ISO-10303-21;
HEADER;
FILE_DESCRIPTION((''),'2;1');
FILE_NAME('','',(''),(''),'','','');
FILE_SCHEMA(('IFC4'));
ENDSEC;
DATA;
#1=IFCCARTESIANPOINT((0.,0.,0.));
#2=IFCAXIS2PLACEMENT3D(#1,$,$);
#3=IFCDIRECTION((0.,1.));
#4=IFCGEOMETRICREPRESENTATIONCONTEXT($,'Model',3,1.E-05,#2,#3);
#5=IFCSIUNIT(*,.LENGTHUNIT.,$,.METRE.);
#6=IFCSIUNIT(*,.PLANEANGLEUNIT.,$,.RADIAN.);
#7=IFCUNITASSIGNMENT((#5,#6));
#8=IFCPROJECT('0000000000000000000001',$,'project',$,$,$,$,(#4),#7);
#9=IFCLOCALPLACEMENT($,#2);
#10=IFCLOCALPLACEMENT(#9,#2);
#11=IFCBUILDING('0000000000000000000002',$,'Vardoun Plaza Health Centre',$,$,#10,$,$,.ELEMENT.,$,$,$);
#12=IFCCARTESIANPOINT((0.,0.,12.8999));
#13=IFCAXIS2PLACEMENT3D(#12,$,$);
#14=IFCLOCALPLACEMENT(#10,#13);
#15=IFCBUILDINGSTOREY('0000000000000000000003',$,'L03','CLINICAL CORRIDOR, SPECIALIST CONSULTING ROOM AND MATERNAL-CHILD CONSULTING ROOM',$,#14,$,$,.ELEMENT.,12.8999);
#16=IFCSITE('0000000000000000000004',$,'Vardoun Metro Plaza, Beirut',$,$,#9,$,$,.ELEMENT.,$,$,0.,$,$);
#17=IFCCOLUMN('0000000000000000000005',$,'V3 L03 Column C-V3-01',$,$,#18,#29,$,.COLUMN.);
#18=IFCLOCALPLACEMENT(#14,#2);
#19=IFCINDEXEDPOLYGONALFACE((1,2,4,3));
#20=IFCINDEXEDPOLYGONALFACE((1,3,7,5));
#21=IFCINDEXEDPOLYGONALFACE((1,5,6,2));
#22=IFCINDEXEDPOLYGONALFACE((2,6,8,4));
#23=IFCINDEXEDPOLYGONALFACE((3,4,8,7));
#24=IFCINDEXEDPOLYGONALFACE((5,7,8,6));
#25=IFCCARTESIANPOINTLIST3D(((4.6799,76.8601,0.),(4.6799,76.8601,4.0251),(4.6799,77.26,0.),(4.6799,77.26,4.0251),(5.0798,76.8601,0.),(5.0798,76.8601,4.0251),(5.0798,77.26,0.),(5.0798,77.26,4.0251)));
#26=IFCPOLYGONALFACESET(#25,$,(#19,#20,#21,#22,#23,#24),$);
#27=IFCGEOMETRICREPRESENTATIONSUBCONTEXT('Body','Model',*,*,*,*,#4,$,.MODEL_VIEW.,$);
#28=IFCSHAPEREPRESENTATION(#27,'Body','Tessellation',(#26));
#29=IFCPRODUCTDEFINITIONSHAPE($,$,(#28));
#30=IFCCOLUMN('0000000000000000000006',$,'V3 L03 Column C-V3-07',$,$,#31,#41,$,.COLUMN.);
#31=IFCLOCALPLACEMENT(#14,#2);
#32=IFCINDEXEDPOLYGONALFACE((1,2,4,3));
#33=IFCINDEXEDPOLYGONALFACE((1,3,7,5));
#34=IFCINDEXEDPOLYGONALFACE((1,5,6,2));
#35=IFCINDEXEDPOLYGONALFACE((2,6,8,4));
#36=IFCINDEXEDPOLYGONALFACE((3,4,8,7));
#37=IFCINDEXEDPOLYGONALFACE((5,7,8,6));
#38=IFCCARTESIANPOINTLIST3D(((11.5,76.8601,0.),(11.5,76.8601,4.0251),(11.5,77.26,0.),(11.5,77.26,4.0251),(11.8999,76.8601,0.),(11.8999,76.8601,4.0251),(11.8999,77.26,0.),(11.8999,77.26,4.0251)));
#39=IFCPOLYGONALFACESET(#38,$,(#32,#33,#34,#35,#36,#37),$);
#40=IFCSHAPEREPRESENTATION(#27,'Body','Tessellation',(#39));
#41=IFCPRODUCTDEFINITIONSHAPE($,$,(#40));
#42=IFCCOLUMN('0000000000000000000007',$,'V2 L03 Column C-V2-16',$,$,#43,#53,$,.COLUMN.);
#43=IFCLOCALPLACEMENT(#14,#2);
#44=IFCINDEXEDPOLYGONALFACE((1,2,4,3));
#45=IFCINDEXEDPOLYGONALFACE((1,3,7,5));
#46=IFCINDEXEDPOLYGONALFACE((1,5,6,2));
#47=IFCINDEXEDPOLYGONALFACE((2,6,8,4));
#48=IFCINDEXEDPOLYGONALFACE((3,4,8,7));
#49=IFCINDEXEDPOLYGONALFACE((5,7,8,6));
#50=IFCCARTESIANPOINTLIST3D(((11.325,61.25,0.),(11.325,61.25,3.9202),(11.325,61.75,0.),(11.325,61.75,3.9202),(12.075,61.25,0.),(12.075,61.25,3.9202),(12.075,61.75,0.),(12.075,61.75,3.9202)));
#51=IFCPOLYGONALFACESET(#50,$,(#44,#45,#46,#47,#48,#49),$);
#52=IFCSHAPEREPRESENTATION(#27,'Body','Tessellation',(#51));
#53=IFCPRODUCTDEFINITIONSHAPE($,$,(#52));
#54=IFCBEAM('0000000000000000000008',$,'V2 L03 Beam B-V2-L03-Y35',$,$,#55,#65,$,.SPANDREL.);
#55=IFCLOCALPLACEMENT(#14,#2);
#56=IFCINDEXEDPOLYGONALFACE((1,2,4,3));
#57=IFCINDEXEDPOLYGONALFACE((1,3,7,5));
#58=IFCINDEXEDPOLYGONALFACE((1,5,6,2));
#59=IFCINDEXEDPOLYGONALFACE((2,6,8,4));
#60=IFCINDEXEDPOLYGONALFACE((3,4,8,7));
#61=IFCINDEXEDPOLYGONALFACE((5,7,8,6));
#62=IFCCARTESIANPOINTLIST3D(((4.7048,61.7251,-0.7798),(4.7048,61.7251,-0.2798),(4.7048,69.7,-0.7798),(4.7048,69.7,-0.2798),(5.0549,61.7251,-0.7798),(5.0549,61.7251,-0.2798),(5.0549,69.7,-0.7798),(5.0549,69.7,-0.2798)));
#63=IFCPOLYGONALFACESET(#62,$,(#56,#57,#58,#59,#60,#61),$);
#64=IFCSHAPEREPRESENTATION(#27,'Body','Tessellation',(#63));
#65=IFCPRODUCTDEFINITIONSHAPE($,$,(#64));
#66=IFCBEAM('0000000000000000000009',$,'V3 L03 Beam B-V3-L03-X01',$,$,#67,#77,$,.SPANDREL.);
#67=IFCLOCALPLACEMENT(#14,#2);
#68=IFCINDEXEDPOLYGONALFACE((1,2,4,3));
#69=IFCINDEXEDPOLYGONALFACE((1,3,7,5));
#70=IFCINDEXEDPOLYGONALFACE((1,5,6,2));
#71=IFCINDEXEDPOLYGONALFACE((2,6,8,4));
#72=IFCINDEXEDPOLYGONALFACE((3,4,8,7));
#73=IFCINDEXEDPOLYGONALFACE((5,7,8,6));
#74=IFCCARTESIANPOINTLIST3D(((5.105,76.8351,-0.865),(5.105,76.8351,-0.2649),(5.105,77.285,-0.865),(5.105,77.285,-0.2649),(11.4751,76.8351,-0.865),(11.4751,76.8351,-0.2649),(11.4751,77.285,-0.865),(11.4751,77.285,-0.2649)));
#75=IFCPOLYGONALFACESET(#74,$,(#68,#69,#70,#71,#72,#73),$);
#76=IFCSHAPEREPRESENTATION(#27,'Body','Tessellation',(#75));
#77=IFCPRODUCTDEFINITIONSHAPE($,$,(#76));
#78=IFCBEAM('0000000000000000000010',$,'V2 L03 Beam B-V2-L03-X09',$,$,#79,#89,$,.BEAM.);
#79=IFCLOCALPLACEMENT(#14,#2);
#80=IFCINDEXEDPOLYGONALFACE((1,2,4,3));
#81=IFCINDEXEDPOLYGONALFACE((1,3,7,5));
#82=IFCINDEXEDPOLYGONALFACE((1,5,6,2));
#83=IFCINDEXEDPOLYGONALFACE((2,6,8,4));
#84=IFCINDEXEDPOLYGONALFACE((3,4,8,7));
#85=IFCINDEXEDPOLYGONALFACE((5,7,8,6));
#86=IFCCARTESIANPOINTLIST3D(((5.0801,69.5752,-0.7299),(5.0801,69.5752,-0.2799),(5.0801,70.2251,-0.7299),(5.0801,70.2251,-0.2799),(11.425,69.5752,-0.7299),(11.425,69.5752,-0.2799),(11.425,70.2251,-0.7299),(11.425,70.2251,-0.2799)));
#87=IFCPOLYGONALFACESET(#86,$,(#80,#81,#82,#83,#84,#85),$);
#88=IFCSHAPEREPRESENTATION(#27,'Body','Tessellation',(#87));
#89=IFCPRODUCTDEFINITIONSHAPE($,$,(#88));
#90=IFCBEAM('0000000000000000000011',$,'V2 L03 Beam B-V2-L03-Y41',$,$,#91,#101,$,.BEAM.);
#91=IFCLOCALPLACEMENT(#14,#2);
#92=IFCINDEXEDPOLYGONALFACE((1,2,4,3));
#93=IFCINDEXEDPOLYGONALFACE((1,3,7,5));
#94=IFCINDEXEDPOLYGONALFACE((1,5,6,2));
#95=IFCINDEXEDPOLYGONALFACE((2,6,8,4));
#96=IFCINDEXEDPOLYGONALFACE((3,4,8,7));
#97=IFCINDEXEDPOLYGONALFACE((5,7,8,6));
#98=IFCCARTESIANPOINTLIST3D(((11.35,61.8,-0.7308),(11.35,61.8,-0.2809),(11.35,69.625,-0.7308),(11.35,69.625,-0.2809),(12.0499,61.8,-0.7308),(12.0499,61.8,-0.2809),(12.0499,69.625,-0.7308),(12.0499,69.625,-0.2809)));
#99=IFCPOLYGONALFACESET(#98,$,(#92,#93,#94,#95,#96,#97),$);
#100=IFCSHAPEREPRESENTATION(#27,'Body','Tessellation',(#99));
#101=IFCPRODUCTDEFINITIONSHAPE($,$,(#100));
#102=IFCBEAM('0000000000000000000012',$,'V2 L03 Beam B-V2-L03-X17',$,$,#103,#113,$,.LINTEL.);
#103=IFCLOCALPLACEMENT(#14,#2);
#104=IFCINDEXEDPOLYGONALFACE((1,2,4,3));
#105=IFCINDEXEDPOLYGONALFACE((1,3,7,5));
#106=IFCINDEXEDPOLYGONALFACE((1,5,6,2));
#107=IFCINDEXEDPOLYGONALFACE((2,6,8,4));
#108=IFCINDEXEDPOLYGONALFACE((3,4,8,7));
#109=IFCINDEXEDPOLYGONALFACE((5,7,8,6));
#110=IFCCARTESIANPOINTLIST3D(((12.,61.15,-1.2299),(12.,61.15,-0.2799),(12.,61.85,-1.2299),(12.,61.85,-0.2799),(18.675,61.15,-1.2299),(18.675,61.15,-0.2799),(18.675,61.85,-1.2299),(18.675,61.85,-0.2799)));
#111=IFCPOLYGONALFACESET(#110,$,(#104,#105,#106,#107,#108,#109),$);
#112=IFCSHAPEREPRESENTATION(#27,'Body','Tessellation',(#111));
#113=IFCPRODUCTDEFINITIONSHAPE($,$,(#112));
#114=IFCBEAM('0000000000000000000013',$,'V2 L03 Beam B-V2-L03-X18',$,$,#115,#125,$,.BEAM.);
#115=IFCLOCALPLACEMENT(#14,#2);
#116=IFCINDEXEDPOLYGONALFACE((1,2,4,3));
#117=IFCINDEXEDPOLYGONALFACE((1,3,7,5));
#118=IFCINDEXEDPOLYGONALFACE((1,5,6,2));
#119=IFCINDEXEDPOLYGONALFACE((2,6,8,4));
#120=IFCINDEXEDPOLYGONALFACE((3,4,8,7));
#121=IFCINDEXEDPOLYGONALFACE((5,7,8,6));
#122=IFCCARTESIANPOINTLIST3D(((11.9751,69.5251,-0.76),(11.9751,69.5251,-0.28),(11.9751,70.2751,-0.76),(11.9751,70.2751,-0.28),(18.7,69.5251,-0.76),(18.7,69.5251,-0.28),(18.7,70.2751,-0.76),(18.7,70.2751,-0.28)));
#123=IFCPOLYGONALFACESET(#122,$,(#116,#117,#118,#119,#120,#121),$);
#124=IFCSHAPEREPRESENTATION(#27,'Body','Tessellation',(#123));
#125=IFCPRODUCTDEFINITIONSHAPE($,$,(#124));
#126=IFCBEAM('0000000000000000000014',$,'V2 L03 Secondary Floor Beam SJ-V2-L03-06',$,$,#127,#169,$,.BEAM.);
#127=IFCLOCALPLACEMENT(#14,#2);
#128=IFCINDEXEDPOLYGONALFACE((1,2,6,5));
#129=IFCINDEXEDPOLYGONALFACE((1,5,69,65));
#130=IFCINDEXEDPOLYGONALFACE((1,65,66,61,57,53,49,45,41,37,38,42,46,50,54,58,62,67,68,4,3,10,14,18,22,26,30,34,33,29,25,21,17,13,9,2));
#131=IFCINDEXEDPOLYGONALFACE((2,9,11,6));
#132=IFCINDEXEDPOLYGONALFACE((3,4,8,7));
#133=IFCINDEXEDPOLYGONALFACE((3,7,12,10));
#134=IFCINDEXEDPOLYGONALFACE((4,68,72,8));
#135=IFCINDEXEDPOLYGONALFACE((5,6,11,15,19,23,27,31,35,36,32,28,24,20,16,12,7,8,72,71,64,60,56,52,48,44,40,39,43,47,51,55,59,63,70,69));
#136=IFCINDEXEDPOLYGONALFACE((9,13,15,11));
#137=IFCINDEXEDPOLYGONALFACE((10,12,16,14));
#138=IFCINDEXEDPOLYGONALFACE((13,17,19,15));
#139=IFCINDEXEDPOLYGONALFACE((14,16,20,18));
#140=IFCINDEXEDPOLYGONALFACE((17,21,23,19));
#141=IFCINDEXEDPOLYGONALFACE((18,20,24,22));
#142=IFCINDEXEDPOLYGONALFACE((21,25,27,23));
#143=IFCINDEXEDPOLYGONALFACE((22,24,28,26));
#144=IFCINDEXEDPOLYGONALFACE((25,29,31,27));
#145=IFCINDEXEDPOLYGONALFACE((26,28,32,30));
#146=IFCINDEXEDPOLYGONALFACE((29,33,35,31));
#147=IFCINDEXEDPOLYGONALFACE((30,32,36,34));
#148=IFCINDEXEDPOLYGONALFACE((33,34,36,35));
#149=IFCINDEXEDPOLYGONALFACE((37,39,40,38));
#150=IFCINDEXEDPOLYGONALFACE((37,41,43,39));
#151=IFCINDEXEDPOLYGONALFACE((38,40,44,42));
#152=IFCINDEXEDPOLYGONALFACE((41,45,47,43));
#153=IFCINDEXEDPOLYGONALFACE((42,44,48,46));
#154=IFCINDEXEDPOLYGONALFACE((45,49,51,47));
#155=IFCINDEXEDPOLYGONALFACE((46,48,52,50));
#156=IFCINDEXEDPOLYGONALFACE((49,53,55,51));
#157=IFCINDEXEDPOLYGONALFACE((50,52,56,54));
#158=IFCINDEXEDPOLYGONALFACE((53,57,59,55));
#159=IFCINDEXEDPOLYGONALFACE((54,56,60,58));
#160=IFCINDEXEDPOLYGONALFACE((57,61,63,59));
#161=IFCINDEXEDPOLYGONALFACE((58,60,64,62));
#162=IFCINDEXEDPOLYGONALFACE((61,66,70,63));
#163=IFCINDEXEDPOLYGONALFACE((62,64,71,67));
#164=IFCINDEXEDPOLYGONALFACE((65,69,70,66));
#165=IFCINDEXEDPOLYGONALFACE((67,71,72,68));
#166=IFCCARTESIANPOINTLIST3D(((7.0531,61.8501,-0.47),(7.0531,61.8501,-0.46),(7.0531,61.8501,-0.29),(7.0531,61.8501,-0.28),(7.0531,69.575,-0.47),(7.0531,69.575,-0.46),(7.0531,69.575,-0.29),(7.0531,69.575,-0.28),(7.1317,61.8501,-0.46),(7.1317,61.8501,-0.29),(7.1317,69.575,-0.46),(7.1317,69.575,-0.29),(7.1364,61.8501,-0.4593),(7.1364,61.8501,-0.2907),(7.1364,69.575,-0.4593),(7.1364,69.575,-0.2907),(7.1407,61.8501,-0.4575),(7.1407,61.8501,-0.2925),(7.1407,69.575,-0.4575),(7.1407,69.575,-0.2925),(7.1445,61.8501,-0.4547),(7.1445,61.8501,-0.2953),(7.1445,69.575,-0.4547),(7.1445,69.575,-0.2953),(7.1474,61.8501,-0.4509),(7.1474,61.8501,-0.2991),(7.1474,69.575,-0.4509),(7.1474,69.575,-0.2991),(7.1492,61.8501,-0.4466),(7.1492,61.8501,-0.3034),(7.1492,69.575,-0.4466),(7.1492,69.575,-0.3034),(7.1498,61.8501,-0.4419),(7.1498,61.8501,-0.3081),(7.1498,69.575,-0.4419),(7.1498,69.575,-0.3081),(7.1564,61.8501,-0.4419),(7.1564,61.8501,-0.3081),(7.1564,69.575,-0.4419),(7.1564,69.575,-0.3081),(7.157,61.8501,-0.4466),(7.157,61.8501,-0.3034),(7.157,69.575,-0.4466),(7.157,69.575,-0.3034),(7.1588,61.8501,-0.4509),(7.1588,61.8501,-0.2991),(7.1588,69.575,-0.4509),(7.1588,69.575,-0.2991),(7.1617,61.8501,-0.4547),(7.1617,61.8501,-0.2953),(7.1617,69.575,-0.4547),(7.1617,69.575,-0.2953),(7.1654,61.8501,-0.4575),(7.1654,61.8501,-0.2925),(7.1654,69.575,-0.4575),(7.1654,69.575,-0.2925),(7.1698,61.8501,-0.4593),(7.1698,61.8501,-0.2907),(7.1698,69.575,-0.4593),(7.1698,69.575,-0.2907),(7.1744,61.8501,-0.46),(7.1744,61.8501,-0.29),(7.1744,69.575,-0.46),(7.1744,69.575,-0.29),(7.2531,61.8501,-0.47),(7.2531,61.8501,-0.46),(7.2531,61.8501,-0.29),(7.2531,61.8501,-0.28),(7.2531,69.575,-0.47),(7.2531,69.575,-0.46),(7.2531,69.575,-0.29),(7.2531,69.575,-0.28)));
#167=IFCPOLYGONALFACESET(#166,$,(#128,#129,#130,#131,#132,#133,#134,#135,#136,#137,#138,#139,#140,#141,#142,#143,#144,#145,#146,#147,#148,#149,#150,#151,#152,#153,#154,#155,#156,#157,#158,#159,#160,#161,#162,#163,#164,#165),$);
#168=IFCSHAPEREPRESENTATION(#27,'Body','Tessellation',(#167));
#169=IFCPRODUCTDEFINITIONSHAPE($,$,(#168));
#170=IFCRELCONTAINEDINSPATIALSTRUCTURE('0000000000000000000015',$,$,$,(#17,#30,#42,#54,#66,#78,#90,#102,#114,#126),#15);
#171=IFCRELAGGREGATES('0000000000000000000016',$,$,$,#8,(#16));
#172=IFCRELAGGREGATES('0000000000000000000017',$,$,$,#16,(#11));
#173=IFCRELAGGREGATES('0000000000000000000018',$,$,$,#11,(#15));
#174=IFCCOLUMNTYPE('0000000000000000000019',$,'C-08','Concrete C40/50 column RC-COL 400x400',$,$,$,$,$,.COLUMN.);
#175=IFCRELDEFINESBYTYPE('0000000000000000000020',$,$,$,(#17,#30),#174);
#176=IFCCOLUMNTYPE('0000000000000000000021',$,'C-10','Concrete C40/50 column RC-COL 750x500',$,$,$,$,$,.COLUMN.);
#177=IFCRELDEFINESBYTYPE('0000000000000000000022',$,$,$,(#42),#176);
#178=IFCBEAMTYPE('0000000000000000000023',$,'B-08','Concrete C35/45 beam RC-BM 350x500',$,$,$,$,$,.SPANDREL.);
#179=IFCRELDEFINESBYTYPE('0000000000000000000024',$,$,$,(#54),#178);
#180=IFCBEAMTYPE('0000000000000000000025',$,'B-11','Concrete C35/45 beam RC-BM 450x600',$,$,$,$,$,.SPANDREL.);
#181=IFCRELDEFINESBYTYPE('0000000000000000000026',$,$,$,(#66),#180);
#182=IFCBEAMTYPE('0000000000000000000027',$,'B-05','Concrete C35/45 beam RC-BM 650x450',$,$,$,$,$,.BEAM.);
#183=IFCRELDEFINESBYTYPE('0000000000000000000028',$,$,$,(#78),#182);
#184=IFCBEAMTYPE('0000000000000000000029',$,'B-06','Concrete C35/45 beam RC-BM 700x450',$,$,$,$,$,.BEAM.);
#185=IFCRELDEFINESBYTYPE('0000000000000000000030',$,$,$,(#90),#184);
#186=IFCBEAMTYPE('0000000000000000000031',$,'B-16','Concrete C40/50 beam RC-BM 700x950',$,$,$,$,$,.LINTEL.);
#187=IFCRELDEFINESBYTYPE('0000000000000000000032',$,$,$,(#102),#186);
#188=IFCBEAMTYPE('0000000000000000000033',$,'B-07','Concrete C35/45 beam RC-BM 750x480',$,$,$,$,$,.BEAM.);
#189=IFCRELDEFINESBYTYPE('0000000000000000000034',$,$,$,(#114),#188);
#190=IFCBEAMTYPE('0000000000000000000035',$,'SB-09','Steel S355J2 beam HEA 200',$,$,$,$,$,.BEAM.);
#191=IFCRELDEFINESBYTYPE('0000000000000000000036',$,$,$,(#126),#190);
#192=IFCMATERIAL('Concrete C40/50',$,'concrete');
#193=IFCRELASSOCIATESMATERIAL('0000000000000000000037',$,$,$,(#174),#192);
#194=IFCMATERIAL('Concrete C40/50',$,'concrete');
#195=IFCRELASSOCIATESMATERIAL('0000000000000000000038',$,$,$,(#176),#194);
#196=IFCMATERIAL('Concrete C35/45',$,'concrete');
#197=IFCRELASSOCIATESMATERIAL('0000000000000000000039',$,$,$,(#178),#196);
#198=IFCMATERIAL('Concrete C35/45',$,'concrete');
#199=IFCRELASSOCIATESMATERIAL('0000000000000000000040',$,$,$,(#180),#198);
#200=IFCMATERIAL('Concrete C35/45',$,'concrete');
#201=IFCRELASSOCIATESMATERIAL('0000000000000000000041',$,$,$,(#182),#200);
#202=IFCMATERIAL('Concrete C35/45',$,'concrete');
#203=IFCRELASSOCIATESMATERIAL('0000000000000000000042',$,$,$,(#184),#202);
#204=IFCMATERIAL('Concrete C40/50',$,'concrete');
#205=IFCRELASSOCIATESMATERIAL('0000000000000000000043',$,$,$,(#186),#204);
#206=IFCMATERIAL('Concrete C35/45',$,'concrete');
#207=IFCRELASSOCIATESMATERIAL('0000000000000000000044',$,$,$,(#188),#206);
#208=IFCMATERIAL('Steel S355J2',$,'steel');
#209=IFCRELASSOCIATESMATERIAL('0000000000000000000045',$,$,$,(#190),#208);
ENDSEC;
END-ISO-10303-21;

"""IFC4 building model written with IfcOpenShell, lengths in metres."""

from ifc_helpers import new_model, si_unit, direction, frame, origin, origin_2d, place, context, subcontext, project, spatial, rectangle, i_section, extrude, material, material_profile, profile_set, type_object, element, save


model = new_model("IFC4")

# Units and contexts
model_context = context("Model", 3, precision=1e-05, world=origin(), true_north=direction((0.0, 1.0)))
body_context = subcontext(model_context, "Body", "Model", "MODEL_VIEW")
ifc_project = project(units=[si_unit("LENGTHUNIT", "METRE"), si_unit("PLANEANGLEUNIT", "RADIAN")], contexts=[model_context])

# Site, building, storey
site_placement = place(None, origin())
site = spatial("IfcSite", under=ifc_project, at=site_placement, Name="Vardoun Metro Plaza, Beirut", CompositionType="ELEMENT", RefElevation=0.0)
building_placement = place(site_placement, origin())
building = spatial("IfcBuilding", under=site, at=building_placement, Name="Vardoun Plaza Health Centre", CompositionType="ELEMENT")
storey_placement = place(building_placement, frame((0.0, 0.0, 12.8999)))
storey = spatial("IfcBuildingStorey", under=building, at=storey_placement, Name="L03", Description="CLINICAL CORRIDOR, SPECIALIST CONSULTING ROOM AND MATERNAL-CHILD CONSULTING ROOM", CompositionType="ELEMENT", Elevation=12.8999)

# Columns
ifc_material_1 = material(Name="Concrete C40/50", Category="concrete")
ifc_material_profile_1 = material_profile(ifc_material_1, rectangle(XDim=0.3999, YDim=0.3999, at=origin_2d()), Name="RC-COL 400x400")
ifc_profile_set_1 = profile_set([ifc_material_profile_1], Name="Concrete C40/50")
column_type_1 = type_object("IfcColumnType", Name="C-08", Description="Concrete C40/50 column RC-COL 400x400", PredefinedType="COLUMN", material=ifc_profile_set_1)
for number, where, z_axis, x_axis, name in (
    (1, (4.8799, 77.0601, 0.0), (0.0, 0.0, 1.0), (1.0, 0.0, 0.0), "V3 L03 Column C-V3-01"),
    (2, (11.7, 77.0601, 0.0), (0.0, 0.0, 1.0), (1.0, 0.0, 0.0), "V3 L03 Column C-V3-07"),
):
    element("IfcColumn", number, at=place(storey_placement, frame(where, z_axis=z_axis, x_axis=x_axis)), inside=storey, type_object=column_type_1, Name=name, PredefinedType="COLUMN", context=body_context, shape_type="SweptSolid", body=[
        extrude(rectangle(XDim=0.3999, YDim=0.3999, at=origin_2d()), origin(), (0.0, 0.0, 1.0), 4.0251),
    ])
ifc_material_2 = material(Name="Concrete C40/50", Category="concrete")
ifc_material_profile_2 = material_profile(ifc_material_2, rectangle(XDim=0.75, YDim=0.5, at=origin_2d()), Name="RC-COL 750x500")
ifc_profile_set_2 = profile_set([ifc_material_profile_2], Name="Concrete C40/50")
column_type_2 = type_object("IfcColumnType", Name="C-10", Description="Concrete C40/50 column RC-COL 750x500", PredefinedType="COLUMN", material=ifc_profile_set_2)
column_placement = place(storey_placement, frame((11.7, 61.5, 0.0), z_axis=(0.0, 0.0, 1.0), x_axis=(1.0, 0.0, 0.0)))
element("IfcColumn", 3, at=column_placement, inside=storey, type_object=column_type_2, Name="V2 L03 Column C-V2-16", PredefinedType="COLUMN", context=body_context, shape_type="SweptSolid", body=[
    extrude(rectangle(XDim=0.75, YDim=0.5, at=origin_2d()), origin(), (0.0, 0.0, 1.0), 3.9202),
])

# Beams
ifc_material_3 = material(Name="Concrete C35/45", Category="concrete")
ifc_material_profile_3 = material_profile(ifc_material_3, rectangle(XDim=0.3501, YDim=0.5, at=origin_2d()), Name="RC-BM 350x500")
ifc_profile_set_3 = profile_set([ifc_material_profile_3], Name="Concrete C35/45")
beam_type_1 = type_object("IfcBeamType", Name="B-08", Description="Concrete C35/45 beam RC-BM 350x500", PredefinedType="SPANDREL", material=ifc_profile_set_3)
beam_1_placement = place(storey_placement, frame((4.8799, 61.7251, -0.5298), z_axis=(0.0, 1.0, 0.0), x_axis=(-1.0, 0.0, 0.0)))
element("IfcBeam", 4, at=beam_1_placement, inside=storey, type_object=beam_type_1, Name="V2 L03 Beam B-V2-L03-Y35", PredefinedType="SPANDREL", context=body_context, shape_type="SweptSolid", body=[
    extrude(rectangle(XDim=0.3501, YDim=0.5, at=origin_2d()), origin(), (0.0, 0.0, 1.0), 7.9749),
])
ifc_material_4 = material(Name="Concrete C35/45", Category="concrete")
ifc_material_profile_4 = material_profile(ifc_material_4, rectangle(XDim=0.45, YDim=0.6001, at=origin_2d()), Name="RC-BM 450x600")
ifc_profile_set_4 = profile_set([ifc_material_profile_4], Name="Concrete C35/45")
beam_type_2 = type_object("IfcBeamType", Name="B-11", Description="Concrete C35/45 beam RC-BM 450x600", PredefinedType="SPANDREL", material=ifc_profile_set_4)
beam_2_placement = place(storey_placement, frame((5.105, 77.0601, -0.5649), z_axis=(1.0, 0.0, 0.0), x_axis=(0.0, 1.0, 0.0)))
element("IfcBeam", 5, at=beam_2_placement, inside=storey, type_object=beam_type_2, Name="V3 L03 Beam B-V3-L03-X01", PredefinedType="SPANDREL", context=body_context, shape_type="SweptSolid", body=[
    extrude(rectangle(XDim=0.45, YDim=0.6001, at=origin_2d()), origin(), (0.0, 0.0, 1.0), 6.3701),
])
ifc_material_5 = material(Name="Concrete C35/45", Category="concrete")
ifc_material_profile_5 = material_profile(ifc_material_5, rectangle(XDim=0.6499, YDim=0.45, at=origin_2d()), Name="RC-BM 650x450")
ifc_profile_set_5 = profile_set([ifc_material_profile_5], Name="Concrete C35/45")
beam_type_3 = type_object("IfcBeamType", Name="B-05", Description="Concrete C35/45 beam RC-BM 650x450", PredefinedType="BEAM", material=ifc_profile_set_5)
beam_3_placement = place(storey_placement, frame((5.0801, 69.9001, -0.5049), z_axis=(1.0, 0.0, 0.0), x_axis=(0.0, 1.0, 0.0)))
element("IfcBeam", 6, at=beam_3_placement, inside=storey, type_object=beam_type_3, Name="V2 L03 Beam B-V2-L03-X09", PredefinedType="BEAM", context=body_context, shape_type="SweptSolid", body=[
    extrude(rectangle(XDim=0.6499, YDim=0.45, at=origin_2d()), origin(), (0.0, 0.0, 1.0), 6.345),
])
ifc_material_6 = material(Name="Concrete C35/45", Category="concrete")
ifc_material_profile_6 = material_profile(ifc_material_6, rectangle(XDim=0.7, YDim=0.45, at=origin_2d()), Name="RC-BM 700x450")
ifc_profile_set_6 = profile_set([ifc_material_profile_6], Name="Concrete C35/45")
beam_type_4 = type_object("IfcBeamType", Name="B-06", Description="Concrete C35/45 beam RC-BM 700x450", PredefinedType="BEAM", material=ifc_profile_set_6)
beam_4_placement = place(storey_placement, frame((11.7, 61.8, -0.5059), z_axis=(0.0, 1.0, 0.0), x_axis=(-1.0, 0.0, 0.0)))
element("IfcBeam", 7, at=beam_4_placement, inside=storey, type_object=beam_type_4, Name="V2 L03 Beam B-V2-L03-Y41", PredefinedType="BEAM", context=body_context, shape_type="SweptSolid", body=[
    extrude(rectangle(XDim=0.7, YDim=0.45, at=origin_2d()), origin(), (0.0, 0.0, 1.0), 7.825),
])
ifc_material_7 = material(Name="Concrete C40/50", Category="concrete")
ifc_material_profile_7 = material_profile(ifc_material_7, rectangle(XDim=0.7, YDim=0.95, at=origin_2d()), Name="RC-BM 700x950")
ifc_profile_set_7 = profile_set([ifc_material_profile_7], Name="Concrete C40/50")
beam_type_5 = type_object("IfcBeamType", Name="B-16", Description="Concrete C40/50 beam RC-BM 700x950", PredefinedType="LINTEL", material=ifc_profile_set_7)
beam_5_placement = place(storey_placement, frame((12.0, 61.5, -0.7549), z_axis=(1.0, 0.0, 0.0), x_axis=(0.0, 1.0, 0.0)))
element("IfcBeam", 8, at=beam_5_placement, inside=storey, type_object=beam_type_5, Name="V2 L03 Beam B-V2-L03-X17", PredefinedType="LINTEL", context=body_context, shape_type="SweptSolid", body=[
    extrude(rectangle(XDim=0.7, YDim=0.95, at=origin_2d()), origin(), (0.0, 0.0, 1.0), 6.675),
])
ifc_material_8 = material(Name="Concrete C35/45", Category="concrete")
ifc_material_profile_8 = material_profile(ifc_material_8, rectangle(XDim=0.75, YDim=0.48, at=origin_2d()), Name="RC-BM 750x480")
ifc_profile_set_8 = profile_set([ifc_material_profile_8], Name="Concrete C35/45")
beam_type_6 = type_object("IfcBeamType", Name="B-07", Description="Concrete C35/45 beam RC-BM 750x480", PredefinedType="BEAM", material=ifc_profile_set_8)
beam_6_placement = place(storey_placement, frame((11.9751, 69.9001, -0.52), z_axis=(1.0, 0.0, 0.0), x_axis=(0.0, 1.0, 0.0)))
element("IfcBeam", 9, at=beam_6_placement, inside=storey, type_object=beam_type_6, Name="V2 L03 Beam B-V2-L03-X18", PredefinedType="BEAM", context=body_context, shape_type="SweptSolid", body=[
    extrude(rectangle(XDim=0.75, YDim=0.48, at=origin_2d()), origin(), (0.0, 0.0, 1.0), 6.7249),
])
ifc_material_9 = material(Name="Steel S355J2", Category="steel")
ifc_material_profile_9 = material_profile(ifc_material_9, i_section(OverallWidth=0.2, OverallDepth=0.1899, WebThickness=0.0066, FlangeThickness=0.01, FilletRadius=0.0181, at=origin_2d()), Name="HEA 200")
ifc_profile_set_9 = profile_set([ifc_material_profile_9], Name="Steel S355J2")
beam_type_7 = type_object("IfcBeamType", Name="SB-09", Description="Steel S355J2 beam HEA 200", PredefinedType="BEAM", material=ifc_profile_set_9)
beam_7_placement = place(storey_placement, frame((7.1531, 61.8501, -0.375), z_axis=(0.0, 1.0, 0.0), x_axis=(-1.0, 0.0, 0.0)))
element("IfcBeam", 10, at=beam_7_placement, inside=storey, type_object=beam_type_7, Name="V2 L03 Secondary Floor Beam SJ-V2-L03-06", PredefinedType="BEAM", context=body_context, shape_type="SweptSolid", body=[
    extrude(i_section(OverallWidth=0.2, OverallDepth=0.1899, WebThickness=0.0066, FlangeThickness=0.01, FilletRadius=0.0181, at=origin_2d()), origin(), (0.0, 0.0, 1.0), 7.7249),
])

save(model, "model.ifc")
